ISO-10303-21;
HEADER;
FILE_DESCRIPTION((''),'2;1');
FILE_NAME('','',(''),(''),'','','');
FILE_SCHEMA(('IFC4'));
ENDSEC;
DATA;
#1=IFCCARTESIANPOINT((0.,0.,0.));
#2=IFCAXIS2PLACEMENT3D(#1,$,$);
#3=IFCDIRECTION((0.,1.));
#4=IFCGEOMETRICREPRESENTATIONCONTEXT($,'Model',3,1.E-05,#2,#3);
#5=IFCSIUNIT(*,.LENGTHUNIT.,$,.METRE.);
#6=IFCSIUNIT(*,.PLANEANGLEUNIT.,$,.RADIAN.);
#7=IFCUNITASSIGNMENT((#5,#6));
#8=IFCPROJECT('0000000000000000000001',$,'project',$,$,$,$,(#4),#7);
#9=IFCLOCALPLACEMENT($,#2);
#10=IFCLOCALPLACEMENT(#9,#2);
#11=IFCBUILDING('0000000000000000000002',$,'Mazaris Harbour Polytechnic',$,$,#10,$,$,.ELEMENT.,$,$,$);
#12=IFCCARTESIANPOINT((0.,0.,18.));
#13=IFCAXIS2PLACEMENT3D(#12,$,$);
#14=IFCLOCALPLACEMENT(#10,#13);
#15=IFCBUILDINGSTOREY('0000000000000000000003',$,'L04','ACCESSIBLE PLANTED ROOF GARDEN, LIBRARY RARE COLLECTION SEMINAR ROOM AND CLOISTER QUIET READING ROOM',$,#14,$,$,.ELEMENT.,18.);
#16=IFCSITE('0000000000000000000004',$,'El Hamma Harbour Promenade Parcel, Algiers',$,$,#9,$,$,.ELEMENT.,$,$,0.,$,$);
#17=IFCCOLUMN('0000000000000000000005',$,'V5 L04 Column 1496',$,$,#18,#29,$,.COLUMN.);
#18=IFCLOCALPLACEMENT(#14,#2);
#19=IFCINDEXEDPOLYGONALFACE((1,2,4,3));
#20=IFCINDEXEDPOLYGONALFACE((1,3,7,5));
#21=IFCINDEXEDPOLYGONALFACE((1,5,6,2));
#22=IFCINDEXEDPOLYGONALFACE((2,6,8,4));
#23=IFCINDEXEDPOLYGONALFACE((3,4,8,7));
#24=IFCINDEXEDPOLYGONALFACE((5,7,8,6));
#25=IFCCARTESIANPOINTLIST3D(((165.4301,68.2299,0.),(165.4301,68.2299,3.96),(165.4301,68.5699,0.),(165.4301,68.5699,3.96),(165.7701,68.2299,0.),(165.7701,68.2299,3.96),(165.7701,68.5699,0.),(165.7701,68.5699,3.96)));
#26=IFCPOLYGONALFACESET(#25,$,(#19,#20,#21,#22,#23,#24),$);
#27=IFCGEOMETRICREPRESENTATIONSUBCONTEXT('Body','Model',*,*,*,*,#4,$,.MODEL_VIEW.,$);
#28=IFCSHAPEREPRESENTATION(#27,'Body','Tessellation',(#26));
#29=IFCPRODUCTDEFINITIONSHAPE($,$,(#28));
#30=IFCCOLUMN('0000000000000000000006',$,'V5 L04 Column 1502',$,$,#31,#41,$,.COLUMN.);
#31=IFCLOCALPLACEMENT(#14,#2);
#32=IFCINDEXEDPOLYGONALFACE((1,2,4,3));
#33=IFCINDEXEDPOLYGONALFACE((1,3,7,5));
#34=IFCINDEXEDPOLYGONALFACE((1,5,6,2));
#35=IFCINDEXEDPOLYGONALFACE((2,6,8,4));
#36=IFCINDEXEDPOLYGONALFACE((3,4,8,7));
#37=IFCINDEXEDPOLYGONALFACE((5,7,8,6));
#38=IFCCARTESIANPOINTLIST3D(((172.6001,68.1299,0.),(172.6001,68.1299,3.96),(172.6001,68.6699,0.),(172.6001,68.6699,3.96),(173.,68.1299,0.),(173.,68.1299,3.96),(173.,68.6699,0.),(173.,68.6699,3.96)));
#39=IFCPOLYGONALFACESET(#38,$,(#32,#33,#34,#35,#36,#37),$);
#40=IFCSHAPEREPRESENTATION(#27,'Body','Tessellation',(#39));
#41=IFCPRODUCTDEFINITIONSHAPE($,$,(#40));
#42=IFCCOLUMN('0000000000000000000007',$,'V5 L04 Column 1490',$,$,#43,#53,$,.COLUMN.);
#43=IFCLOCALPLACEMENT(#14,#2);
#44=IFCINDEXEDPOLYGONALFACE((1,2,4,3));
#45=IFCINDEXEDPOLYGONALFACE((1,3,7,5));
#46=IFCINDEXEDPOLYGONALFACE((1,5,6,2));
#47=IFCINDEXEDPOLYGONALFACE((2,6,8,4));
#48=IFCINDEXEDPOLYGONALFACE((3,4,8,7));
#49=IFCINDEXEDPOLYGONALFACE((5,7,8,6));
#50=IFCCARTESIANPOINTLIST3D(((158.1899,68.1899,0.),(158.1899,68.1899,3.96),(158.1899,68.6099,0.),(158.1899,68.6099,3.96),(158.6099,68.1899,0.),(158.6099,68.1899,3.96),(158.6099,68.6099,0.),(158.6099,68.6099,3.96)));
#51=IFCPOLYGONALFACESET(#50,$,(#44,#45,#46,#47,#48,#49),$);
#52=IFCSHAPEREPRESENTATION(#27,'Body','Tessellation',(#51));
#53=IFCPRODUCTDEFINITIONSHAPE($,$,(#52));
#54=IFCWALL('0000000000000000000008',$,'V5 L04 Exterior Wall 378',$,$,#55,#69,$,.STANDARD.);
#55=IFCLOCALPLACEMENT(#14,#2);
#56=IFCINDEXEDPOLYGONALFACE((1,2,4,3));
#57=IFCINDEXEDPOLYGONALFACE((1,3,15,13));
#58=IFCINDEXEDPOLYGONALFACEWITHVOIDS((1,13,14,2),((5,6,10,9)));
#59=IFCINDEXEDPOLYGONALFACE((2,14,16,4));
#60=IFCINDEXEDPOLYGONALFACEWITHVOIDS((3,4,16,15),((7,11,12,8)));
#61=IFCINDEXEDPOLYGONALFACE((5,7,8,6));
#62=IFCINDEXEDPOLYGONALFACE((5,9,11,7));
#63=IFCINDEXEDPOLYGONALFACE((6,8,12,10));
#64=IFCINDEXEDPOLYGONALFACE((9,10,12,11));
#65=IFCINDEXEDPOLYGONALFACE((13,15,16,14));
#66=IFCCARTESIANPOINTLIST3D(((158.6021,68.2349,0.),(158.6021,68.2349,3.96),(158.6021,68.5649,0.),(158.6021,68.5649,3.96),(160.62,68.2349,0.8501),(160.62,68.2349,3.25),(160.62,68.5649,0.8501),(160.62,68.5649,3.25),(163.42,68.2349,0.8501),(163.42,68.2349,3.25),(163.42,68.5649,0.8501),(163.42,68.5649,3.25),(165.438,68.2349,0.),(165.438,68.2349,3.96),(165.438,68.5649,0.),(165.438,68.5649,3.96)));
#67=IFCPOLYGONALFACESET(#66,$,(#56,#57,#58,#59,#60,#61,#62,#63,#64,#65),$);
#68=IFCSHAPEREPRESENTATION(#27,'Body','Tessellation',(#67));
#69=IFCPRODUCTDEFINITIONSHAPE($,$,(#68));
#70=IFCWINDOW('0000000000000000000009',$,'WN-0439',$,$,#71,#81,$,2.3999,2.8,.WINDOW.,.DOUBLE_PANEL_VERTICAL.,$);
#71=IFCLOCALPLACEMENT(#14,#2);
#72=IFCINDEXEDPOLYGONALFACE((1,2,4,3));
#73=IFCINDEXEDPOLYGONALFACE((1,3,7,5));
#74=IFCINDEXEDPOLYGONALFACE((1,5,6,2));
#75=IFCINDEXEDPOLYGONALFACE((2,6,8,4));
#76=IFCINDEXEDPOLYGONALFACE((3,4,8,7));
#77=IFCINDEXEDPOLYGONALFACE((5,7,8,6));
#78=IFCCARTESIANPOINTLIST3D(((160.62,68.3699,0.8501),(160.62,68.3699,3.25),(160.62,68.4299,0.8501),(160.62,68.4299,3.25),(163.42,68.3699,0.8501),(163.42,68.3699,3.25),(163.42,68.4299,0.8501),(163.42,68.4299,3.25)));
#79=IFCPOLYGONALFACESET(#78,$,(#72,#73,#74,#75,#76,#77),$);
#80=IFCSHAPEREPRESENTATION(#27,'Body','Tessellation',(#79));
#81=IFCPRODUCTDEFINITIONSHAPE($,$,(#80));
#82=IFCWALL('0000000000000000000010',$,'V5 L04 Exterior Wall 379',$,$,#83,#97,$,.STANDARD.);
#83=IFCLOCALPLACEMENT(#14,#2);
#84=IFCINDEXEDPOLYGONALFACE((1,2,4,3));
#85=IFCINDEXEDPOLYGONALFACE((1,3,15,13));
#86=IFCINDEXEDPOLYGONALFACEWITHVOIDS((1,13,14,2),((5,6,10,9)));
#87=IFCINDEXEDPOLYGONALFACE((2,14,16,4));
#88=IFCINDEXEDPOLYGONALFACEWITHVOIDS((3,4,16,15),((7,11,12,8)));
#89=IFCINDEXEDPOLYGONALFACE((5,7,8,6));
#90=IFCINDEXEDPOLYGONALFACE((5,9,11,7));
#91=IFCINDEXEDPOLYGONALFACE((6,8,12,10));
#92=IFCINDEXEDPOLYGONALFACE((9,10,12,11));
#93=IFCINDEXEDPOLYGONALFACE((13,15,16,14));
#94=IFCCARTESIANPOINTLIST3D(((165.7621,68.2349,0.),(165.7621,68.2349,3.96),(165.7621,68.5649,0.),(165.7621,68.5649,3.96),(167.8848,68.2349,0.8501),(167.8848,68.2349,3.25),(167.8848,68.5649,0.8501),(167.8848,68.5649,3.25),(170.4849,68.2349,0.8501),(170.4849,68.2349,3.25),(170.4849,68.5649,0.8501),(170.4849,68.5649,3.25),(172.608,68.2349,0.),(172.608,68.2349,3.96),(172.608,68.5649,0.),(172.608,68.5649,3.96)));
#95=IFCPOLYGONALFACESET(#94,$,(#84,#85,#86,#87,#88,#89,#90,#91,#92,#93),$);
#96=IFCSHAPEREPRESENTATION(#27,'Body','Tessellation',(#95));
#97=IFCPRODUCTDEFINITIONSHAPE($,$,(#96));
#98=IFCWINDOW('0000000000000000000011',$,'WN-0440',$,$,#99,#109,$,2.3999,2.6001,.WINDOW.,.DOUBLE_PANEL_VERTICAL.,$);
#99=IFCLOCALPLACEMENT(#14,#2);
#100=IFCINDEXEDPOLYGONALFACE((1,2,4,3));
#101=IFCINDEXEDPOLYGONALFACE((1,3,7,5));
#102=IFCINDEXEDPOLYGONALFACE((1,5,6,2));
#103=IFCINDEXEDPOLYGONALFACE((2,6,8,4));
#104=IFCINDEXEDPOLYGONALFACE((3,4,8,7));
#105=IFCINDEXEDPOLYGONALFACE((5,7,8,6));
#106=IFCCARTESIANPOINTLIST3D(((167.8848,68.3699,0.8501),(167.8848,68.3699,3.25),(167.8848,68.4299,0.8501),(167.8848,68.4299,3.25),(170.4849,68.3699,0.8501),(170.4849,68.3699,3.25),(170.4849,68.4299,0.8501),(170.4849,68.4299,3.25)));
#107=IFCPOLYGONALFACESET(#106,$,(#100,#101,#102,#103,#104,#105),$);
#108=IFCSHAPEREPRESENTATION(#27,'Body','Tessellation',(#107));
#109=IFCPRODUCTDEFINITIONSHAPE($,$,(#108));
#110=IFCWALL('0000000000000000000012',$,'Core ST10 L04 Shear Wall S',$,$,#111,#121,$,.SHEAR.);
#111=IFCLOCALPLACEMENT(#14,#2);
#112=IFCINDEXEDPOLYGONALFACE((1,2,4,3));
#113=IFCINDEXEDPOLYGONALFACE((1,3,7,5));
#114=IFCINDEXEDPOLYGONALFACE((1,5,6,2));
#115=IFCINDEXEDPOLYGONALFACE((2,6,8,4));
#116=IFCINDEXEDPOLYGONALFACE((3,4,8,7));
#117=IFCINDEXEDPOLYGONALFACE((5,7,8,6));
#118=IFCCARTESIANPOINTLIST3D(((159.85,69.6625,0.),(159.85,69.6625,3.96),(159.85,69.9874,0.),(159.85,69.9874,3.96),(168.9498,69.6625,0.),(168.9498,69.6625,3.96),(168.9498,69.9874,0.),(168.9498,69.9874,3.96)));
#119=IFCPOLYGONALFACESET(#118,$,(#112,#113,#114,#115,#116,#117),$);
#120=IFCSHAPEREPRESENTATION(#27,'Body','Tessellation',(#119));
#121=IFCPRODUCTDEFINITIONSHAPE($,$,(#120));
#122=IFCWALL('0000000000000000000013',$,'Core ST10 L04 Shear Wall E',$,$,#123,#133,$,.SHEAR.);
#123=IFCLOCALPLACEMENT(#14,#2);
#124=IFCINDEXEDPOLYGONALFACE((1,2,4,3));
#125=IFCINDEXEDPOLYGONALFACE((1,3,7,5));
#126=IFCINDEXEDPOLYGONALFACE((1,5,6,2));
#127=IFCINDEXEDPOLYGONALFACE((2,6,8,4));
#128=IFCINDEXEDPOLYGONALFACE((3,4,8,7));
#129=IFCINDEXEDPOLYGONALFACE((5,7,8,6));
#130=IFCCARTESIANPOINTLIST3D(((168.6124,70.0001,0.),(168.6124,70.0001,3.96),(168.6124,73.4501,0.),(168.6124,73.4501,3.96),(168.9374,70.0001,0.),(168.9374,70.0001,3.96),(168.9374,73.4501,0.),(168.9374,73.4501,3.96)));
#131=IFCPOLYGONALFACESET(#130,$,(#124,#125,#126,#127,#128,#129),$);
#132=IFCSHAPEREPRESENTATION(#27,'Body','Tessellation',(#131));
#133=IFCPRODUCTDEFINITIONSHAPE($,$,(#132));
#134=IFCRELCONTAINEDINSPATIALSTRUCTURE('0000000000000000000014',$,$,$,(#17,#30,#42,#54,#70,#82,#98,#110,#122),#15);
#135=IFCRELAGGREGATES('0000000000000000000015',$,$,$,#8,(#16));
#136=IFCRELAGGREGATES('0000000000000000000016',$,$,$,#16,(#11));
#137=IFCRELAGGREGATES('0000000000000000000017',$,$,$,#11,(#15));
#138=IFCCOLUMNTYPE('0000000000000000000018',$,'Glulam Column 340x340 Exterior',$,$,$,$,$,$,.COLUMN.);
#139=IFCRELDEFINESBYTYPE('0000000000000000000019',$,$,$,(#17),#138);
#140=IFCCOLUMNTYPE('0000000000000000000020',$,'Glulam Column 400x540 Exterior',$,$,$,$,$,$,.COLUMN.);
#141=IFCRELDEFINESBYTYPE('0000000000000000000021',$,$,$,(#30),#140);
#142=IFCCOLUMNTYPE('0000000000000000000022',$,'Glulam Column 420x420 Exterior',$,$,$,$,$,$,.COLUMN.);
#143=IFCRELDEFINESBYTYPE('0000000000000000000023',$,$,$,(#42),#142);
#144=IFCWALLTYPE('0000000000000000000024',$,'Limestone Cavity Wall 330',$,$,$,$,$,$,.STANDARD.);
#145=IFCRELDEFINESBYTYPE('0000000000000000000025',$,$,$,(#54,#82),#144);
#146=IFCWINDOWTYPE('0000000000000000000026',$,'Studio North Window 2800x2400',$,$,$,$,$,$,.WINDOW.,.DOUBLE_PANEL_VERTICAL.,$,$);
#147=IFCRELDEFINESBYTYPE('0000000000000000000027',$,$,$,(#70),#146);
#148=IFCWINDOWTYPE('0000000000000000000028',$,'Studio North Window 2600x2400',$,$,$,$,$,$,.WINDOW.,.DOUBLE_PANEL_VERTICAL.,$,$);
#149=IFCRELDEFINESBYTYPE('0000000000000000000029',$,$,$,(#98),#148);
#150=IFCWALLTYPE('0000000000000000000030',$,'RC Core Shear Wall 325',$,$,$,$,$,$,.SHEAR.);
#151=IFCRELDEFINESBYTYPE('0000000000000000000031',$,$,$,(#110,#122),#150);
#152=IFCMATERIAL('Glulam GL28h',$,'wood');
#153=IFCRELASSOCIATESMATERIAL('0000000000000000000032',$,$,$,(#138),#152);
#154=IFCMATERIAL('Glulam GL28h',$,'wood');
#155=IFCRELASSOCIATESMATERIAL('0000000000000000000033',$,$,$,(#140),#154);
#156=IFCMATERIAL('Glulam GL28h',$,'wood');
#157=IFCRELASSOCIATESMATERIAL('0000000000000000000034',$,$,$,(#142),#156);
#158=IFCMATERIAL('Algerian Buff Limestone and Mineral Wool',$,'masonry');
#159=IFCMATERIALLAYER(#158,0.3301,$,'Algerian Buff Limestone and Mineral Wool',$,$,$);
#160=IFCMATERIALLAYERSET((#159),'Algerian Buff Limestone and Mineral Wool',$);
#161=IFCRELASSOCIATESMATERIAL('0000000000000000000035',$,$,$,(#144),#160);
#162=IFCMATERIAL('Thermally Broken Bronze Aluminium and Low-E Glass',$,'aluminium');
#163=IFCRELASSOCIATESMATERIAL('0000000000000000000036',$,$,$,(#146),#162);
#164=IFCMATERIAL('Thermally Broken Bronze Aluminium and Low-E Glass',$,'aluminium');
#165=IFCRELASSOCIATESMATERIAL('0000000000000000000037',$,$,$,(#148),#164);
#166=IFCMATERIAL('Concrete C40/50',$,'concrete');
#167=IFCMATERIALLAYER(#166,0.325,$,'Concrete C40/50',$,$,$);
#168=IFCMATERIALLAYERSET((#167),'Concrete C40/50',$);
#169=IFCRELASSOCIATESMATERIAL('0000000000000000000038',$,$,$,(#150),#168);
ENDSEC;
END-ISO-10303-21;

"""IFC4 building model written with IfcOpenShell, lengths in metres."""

from ifc_helpers import new_model, si_unit, direction, frame, frame_2d, origin, origin_2d, place, context, subcontext, project, spatial, rectangle, extrude, material, layer, layer_set, material_profile, profile_set, type_object, element, fill, save


model = new_model("IFC4")

# Units and contexts
model_context = context("Model", 3, precision=1e-05, world=origin(), true_north=direction((0.0, 1.0)))
body_context = subcontext(model_context, "Body", "Model", "MODEL_VIEW")
ifc_project = project(units=[si_unit("LENGTHUNIT", "METRE"), si_unit("PLANEANGLEUNIT", "RADIAN")], contexts=[model_context])

# Site, building, storey
site_placement = place(None, origin())
site = spatial("IfcSite", under=ifc_project, at=site_placement, Name="El Hamma Harbour Promenade Parcel, Algiers", CompositionType="ELEMENT", RefElevation=0.0)
building_placement = place(site_placement, origin())
building = spatial("IfcBuilding", under=site, at=building_placement, Name="Mazaris Harbour Polytechnic", CompositionType="ELEMENT")
storey_placement = place(building_placement, frame((0.0, 0.0, 18.0)))
storey = spatial("IfcBuildingStorey", under=building, at=storey_placement, Name="L04", Description="ACCESSIBLE PLANTED ROOF GARDEN, LIBRARY RARE COLLECTION SEMINAR ROOM AND CLOISTER QUIET READING ROOM", CompositionType="ELEMENT", Elevation=18.0)

# Columns
ifc_material_1 = material(Name="Glulam GL28h", Category="wood")
ifc_material_profile_1 = material_profile(ifc_material_1, rectangle(XDim=0.3401, YDim=0.3401, at=origin_2d()), Name="RECT340x340")
ifc_profile_set_1 = profile_set([ifc_material_profile_1], Name="Glulam GL28h")
column_type_1 = type_object("IfcColumnType", Name="Glulam Column 340x340 Exterior", PredefinedType="COLUMN", material=ifc_profile_set_1)
column_1_placement = place(storey_placement, frame((165.6001, 68.3999, 0.0), z_axis=(0.0, 0.0, 1.0), x_axis=(1.0, 0.0, 0.0)))
element("IfcColumn", 1, at=column_1_placement, inside=storey, type_object=column_type_1, Name="V5 L04 Column 1496", PredefinedType="COLUMN", context=body_context, shape_type="SweptSolid", body=[
    extrude(rectangle(XDim=0.3401, YDim=0.3401, at=origin_2d()), origin(), (0.0, 0.0, 1.0), 3.96),
])
ifc_material_2 = material(Name="Glulam GL28h", Category="wood")
ifc_material_profile_2 = material_profile(ifc_material_2, rectangle(XDim=0.3999, YDim=0.54, at=origin_2d()), Name="RECT400x540")
ifc_profile_set_2 = profile_set([ifc_material_profile_2], Name="Glulam GL28h")
column_type_2 = type_object("IfcColumnType", Name="Glulam Column 400x540 Exterior", PredefinedType="COLUMN", material=ifc_profile_set_2)
column_2_placement = place(storey_placement, frame((172.8, 68.3999, 0.0), z_axis=(0.0, 0.0, 1.0), x_axis=(1.0, 0.0, 0.0)))
element("IfcColumn", 2, at=column_2_placement, inside=storey, type_object=column_type_2, Name="V5 L04 Column 1502", PredefinedType="COLUMN", context=body_context, shape_type="SweptSolid", body=[
    extrude(rectangle(XDim=0.3999, YDim=0.54, at=origin_2d()), origin(), (0.0, 0.0, 1.0), 3.96),
])
ifc_material_3 = material(Name="Glulam GL28h", Category="wood")
ifc_material_profile_3 = material_profile(ifc_material_3, rectangle(XDim=0.4199, YDim=0.4199, at=origin_2d()), Name="RECT420x420")
ifc_profile_set_3 = profile_set([ifc_material_profile_3], Name="Glulam GL28h")
column_type_3 = type_object("IfcColumnType", Name="Glulam Column 420x420 Exterior", PredefinedType="COLUMN", material=ifc_profile_set_3)
column_3_placement = place(storey_placement, frame((158.3999, 68.3999, 0.0), z_axis=(0.0, 0.0, 1.0), x_axis=(1.0, 0.0, 0.0)))
element("IfcColumn", 3, at=column_3_placement, inside=storey, type_object=column_type_3, Name="V5 L04 Column 1490", PredefinedType="COLUMN", context=body_context, shape_type="SweptSolid", body=[
    extrude(rectangle(XDim=0.4199, YDim=0.4199, at=origin_2d()), origin(), (0.0, 0.0, 1.0), 3.96),
])

# Walls, openings, windows
ifc_material_4 = material(Name="Algerian Buff Limestone and Mineral Wool", Category="masonry")
ifc_layer_1 = layer(ifc_material_4, 0.3301, Name="Algerian Buff Limestone and Mineral Wool")
ifc_layer_set_1 = layer_set([ifc_layer_1], Name="Algerian Buff Limestone and Mineral Wool")
wall_type_1 = type_object("IfcWallType", Name="Limestone Cavity Wall 330", PredefinedType="STANDARD", material=ifc_layer_set_1)
wall_1_placement = place(storey_placement, frame((165.438, 68.3999, 0.0), z_axis=(0.0, 0.0, 1.0), x_axis=(-1.0, 0.0, 0.0)))
wall_1 = element("IfcWall", 4, at=wall_1_placement, inside=storey, type_object=wall_type_1, Name="V5 L04 Exterior Wall 378", PredefinedType="STANDARD", context=body_context, shape_type="SweptSolid", body=[
    extrude(rectangle(XDim=6.8359, YDim=0.3301, at=frame_2d((3.418, 0.0))), origin(), (0.0, 0.0, 1.0), 3.96),
])
opening_1_placement = place(wall_1_placement, frame((2.0181, 0.0, 0.8501)))
opening_1 = element("IfcOpeningElement", 5, at=opening_1_placement, cuts=wall_1, PredefinedType="OPENING", context=body_context, shape_type="SweptSolid", body=[
    extrude(rectangle(XDim=2.8, YDim=2.3999, at=frame_2d((1.3999, 1.2))), frame((0.0, 0.175, 0.0), z_axis=(0.0, -1.0, 0.0), x_axis=(1.0, 0.0, 0.0)), (0.0, 0.0, 1.0), 0.3501),
])
ifc_material_5 = material(Name="Thermally Broken Bronze Aluminium and Low-E Glass", Category="aluminium")
window_type_1 = type_object("IfcWindowType", Name="Studio North Window 2800x2400", PartitioningType="DOUBLE_PANEL_VERTICAL", PredefinedType="WINDOW", material=ifc_material_5)
window_1_placement = place(opening_1_placement, origin())
window_1 = element("IfcWindow", 6, at=window_1_placement, inside=storey, type_object=window_type_1, Name="WN-0439", OverallHeight=2.3999, OverallWidth=2.8, PartitioningType="DOUBLE_PANEL_VERTICAL", PredefinedType="WINDOW", context=body_context, shape_type="SweptSolid", body=[
    extrude(rectangle(XDim=2.8, YDim=2.3999, at=frame_2d((1.3999, 1.2))), frame((0.0, 0.03, 0.0), z_axis=(0.0, -1.0, 0.0), x_axis=(1.0, 0.0, 0.0)), (0.0, 0.0, 1.0), 0.0601),
])
fill(opening_1, window_1)
wall_2_placement = place(storey_placement, frame((172.6079, 68.3999, 0.0), z_axis=(0.0, 0.0, 1.0), x_axis=(-1.0, 0.0, 0.0)))
wall_2 = element("IfcWall", 7, at=wall_2_placement, inside=storey, type_object=wall_type_1, Name="V5 L04 Exterior Wall 379", PredefinedType="STANDARD", context=body_context, shape_type="SweptSolid", body=[
    extrude(rectangle(XDim=6.8459, YDim=0.3301, at=frame_2d((3.4229, 0.0))), origin(), (0.0, 0.0, 1.0), 3.96),
])
opening_2_placement = place(wall_2_placement, frame((2.123, 0.0, 0.8501)))
opening_2 = element("IfcOpeningElement", 8, at=opening_2_placement, cuts=wall_2, PredefinedType="OPENING", context=body_context, shape_type="SweptSolid", body=[
    extrude(rectangle(XDim=2.6001, YDim=2.3999, at=frame_2d((1.3, 1.2))), frame((0.0, 0.175, 0.0), z_axis=(0.0, -1.0, 0.0), x_axis=(1.0, 0.0, 0.0)), (0.0, 0.0, 1.0), 0.3501),
])
ifc_material_6 = material(Name="Thermally Broken Bronze Aluminium and Low-E Glass", Category="aluminium")
window_type_2 = type_object("IfcWindowType", Name="Studio North Window 2600x2400", PartitioningType="DOUBLE_PANEL_VERTICAL", PredefinedType="WINDOW", material=ifc_material_6)
window_2_placement = place(opening_2_placement, origin())
window_2 = element("IfcWindow", 9, at=window_2_placement, inside=storey, type_object=window_type_2, Name="WN-0440", OverallHeight=2.3999, OverallWidth=2.6001, PartitioningType="DOUBLE_PANEL_VERTICAL", PredefinedType="WINDOW", context=body_context, shape_type="SweptSolid", body=[
    extrude(rectangle(XDim=2.6001, YDim=2.3999, at=frame_2d((1.3, 1.2))), frame((0.0, 0.03, 0.0), z_axis=(0.0, -1.0, 0.0), x_axis=(1.0, 0.0, 0.0)), (0.0, 0.0, 1.0), 0.0601),
])
fill(opening_2, window_2)

# Walls
ifc_material_7 = material(Name="Concrete C40/50", Category="concrete")
ifc_layer_2 = layer(ifc_material_7, 0.325, Name="Concrete C40/50")
ifc_layer_set_2 = layer_set([ifc_layer_2], Name="Concrete C40/50")
wall_type_2 = type_object("IfcWallType", Name="RC Core Shear Wall 325", PredefinedType="SHEAR", material=ifc_layer_set_2)
wall_3_placement = place(storey_placement, frame((159.8501, 69.825, 0.0), z_axis=(0.0, 0.0, 1.0), x_axis=(1.0, 0.0, 0.0)))
element("IfcWall", 10, at=wall_3_placement, inside=storey, type_object=wall_type_2, Name="Core ST10 L04 Shear Wall S", PredefinedType="SHEAR", context=body_context, shape_type="SweptSolid", body=[
    extrude(rectangle(XDim=9.0999, YDim=0.325, at=frame_2d((4.5498, 0.0))), origin(), (0.0, 0.0, 1.0), 3.96),
])
wall_4_placement = place(storey_placement, frame((168.7749, 70.0, 0.0), z_axis=(0.0, 0.0, 1.0), x_axis=(0.0, 1.0, 0.0)))
element("IfcWall", 11, at=wall_4_placement, inside=storey, type_object=wall_type_2, Name="Core ST10 L04 Shear Wall E", PredefinedType="SHEAR", context=body_context, shape_type="SweptSolid", body=[
    extrude(rectangle(XDim=3.45, YDim=0.325, at=frame_2d((1.7251, 0.0))), origin(), (0.0, 0.0, 1.0), 3.96),
])

save(model, "model.ifc")
